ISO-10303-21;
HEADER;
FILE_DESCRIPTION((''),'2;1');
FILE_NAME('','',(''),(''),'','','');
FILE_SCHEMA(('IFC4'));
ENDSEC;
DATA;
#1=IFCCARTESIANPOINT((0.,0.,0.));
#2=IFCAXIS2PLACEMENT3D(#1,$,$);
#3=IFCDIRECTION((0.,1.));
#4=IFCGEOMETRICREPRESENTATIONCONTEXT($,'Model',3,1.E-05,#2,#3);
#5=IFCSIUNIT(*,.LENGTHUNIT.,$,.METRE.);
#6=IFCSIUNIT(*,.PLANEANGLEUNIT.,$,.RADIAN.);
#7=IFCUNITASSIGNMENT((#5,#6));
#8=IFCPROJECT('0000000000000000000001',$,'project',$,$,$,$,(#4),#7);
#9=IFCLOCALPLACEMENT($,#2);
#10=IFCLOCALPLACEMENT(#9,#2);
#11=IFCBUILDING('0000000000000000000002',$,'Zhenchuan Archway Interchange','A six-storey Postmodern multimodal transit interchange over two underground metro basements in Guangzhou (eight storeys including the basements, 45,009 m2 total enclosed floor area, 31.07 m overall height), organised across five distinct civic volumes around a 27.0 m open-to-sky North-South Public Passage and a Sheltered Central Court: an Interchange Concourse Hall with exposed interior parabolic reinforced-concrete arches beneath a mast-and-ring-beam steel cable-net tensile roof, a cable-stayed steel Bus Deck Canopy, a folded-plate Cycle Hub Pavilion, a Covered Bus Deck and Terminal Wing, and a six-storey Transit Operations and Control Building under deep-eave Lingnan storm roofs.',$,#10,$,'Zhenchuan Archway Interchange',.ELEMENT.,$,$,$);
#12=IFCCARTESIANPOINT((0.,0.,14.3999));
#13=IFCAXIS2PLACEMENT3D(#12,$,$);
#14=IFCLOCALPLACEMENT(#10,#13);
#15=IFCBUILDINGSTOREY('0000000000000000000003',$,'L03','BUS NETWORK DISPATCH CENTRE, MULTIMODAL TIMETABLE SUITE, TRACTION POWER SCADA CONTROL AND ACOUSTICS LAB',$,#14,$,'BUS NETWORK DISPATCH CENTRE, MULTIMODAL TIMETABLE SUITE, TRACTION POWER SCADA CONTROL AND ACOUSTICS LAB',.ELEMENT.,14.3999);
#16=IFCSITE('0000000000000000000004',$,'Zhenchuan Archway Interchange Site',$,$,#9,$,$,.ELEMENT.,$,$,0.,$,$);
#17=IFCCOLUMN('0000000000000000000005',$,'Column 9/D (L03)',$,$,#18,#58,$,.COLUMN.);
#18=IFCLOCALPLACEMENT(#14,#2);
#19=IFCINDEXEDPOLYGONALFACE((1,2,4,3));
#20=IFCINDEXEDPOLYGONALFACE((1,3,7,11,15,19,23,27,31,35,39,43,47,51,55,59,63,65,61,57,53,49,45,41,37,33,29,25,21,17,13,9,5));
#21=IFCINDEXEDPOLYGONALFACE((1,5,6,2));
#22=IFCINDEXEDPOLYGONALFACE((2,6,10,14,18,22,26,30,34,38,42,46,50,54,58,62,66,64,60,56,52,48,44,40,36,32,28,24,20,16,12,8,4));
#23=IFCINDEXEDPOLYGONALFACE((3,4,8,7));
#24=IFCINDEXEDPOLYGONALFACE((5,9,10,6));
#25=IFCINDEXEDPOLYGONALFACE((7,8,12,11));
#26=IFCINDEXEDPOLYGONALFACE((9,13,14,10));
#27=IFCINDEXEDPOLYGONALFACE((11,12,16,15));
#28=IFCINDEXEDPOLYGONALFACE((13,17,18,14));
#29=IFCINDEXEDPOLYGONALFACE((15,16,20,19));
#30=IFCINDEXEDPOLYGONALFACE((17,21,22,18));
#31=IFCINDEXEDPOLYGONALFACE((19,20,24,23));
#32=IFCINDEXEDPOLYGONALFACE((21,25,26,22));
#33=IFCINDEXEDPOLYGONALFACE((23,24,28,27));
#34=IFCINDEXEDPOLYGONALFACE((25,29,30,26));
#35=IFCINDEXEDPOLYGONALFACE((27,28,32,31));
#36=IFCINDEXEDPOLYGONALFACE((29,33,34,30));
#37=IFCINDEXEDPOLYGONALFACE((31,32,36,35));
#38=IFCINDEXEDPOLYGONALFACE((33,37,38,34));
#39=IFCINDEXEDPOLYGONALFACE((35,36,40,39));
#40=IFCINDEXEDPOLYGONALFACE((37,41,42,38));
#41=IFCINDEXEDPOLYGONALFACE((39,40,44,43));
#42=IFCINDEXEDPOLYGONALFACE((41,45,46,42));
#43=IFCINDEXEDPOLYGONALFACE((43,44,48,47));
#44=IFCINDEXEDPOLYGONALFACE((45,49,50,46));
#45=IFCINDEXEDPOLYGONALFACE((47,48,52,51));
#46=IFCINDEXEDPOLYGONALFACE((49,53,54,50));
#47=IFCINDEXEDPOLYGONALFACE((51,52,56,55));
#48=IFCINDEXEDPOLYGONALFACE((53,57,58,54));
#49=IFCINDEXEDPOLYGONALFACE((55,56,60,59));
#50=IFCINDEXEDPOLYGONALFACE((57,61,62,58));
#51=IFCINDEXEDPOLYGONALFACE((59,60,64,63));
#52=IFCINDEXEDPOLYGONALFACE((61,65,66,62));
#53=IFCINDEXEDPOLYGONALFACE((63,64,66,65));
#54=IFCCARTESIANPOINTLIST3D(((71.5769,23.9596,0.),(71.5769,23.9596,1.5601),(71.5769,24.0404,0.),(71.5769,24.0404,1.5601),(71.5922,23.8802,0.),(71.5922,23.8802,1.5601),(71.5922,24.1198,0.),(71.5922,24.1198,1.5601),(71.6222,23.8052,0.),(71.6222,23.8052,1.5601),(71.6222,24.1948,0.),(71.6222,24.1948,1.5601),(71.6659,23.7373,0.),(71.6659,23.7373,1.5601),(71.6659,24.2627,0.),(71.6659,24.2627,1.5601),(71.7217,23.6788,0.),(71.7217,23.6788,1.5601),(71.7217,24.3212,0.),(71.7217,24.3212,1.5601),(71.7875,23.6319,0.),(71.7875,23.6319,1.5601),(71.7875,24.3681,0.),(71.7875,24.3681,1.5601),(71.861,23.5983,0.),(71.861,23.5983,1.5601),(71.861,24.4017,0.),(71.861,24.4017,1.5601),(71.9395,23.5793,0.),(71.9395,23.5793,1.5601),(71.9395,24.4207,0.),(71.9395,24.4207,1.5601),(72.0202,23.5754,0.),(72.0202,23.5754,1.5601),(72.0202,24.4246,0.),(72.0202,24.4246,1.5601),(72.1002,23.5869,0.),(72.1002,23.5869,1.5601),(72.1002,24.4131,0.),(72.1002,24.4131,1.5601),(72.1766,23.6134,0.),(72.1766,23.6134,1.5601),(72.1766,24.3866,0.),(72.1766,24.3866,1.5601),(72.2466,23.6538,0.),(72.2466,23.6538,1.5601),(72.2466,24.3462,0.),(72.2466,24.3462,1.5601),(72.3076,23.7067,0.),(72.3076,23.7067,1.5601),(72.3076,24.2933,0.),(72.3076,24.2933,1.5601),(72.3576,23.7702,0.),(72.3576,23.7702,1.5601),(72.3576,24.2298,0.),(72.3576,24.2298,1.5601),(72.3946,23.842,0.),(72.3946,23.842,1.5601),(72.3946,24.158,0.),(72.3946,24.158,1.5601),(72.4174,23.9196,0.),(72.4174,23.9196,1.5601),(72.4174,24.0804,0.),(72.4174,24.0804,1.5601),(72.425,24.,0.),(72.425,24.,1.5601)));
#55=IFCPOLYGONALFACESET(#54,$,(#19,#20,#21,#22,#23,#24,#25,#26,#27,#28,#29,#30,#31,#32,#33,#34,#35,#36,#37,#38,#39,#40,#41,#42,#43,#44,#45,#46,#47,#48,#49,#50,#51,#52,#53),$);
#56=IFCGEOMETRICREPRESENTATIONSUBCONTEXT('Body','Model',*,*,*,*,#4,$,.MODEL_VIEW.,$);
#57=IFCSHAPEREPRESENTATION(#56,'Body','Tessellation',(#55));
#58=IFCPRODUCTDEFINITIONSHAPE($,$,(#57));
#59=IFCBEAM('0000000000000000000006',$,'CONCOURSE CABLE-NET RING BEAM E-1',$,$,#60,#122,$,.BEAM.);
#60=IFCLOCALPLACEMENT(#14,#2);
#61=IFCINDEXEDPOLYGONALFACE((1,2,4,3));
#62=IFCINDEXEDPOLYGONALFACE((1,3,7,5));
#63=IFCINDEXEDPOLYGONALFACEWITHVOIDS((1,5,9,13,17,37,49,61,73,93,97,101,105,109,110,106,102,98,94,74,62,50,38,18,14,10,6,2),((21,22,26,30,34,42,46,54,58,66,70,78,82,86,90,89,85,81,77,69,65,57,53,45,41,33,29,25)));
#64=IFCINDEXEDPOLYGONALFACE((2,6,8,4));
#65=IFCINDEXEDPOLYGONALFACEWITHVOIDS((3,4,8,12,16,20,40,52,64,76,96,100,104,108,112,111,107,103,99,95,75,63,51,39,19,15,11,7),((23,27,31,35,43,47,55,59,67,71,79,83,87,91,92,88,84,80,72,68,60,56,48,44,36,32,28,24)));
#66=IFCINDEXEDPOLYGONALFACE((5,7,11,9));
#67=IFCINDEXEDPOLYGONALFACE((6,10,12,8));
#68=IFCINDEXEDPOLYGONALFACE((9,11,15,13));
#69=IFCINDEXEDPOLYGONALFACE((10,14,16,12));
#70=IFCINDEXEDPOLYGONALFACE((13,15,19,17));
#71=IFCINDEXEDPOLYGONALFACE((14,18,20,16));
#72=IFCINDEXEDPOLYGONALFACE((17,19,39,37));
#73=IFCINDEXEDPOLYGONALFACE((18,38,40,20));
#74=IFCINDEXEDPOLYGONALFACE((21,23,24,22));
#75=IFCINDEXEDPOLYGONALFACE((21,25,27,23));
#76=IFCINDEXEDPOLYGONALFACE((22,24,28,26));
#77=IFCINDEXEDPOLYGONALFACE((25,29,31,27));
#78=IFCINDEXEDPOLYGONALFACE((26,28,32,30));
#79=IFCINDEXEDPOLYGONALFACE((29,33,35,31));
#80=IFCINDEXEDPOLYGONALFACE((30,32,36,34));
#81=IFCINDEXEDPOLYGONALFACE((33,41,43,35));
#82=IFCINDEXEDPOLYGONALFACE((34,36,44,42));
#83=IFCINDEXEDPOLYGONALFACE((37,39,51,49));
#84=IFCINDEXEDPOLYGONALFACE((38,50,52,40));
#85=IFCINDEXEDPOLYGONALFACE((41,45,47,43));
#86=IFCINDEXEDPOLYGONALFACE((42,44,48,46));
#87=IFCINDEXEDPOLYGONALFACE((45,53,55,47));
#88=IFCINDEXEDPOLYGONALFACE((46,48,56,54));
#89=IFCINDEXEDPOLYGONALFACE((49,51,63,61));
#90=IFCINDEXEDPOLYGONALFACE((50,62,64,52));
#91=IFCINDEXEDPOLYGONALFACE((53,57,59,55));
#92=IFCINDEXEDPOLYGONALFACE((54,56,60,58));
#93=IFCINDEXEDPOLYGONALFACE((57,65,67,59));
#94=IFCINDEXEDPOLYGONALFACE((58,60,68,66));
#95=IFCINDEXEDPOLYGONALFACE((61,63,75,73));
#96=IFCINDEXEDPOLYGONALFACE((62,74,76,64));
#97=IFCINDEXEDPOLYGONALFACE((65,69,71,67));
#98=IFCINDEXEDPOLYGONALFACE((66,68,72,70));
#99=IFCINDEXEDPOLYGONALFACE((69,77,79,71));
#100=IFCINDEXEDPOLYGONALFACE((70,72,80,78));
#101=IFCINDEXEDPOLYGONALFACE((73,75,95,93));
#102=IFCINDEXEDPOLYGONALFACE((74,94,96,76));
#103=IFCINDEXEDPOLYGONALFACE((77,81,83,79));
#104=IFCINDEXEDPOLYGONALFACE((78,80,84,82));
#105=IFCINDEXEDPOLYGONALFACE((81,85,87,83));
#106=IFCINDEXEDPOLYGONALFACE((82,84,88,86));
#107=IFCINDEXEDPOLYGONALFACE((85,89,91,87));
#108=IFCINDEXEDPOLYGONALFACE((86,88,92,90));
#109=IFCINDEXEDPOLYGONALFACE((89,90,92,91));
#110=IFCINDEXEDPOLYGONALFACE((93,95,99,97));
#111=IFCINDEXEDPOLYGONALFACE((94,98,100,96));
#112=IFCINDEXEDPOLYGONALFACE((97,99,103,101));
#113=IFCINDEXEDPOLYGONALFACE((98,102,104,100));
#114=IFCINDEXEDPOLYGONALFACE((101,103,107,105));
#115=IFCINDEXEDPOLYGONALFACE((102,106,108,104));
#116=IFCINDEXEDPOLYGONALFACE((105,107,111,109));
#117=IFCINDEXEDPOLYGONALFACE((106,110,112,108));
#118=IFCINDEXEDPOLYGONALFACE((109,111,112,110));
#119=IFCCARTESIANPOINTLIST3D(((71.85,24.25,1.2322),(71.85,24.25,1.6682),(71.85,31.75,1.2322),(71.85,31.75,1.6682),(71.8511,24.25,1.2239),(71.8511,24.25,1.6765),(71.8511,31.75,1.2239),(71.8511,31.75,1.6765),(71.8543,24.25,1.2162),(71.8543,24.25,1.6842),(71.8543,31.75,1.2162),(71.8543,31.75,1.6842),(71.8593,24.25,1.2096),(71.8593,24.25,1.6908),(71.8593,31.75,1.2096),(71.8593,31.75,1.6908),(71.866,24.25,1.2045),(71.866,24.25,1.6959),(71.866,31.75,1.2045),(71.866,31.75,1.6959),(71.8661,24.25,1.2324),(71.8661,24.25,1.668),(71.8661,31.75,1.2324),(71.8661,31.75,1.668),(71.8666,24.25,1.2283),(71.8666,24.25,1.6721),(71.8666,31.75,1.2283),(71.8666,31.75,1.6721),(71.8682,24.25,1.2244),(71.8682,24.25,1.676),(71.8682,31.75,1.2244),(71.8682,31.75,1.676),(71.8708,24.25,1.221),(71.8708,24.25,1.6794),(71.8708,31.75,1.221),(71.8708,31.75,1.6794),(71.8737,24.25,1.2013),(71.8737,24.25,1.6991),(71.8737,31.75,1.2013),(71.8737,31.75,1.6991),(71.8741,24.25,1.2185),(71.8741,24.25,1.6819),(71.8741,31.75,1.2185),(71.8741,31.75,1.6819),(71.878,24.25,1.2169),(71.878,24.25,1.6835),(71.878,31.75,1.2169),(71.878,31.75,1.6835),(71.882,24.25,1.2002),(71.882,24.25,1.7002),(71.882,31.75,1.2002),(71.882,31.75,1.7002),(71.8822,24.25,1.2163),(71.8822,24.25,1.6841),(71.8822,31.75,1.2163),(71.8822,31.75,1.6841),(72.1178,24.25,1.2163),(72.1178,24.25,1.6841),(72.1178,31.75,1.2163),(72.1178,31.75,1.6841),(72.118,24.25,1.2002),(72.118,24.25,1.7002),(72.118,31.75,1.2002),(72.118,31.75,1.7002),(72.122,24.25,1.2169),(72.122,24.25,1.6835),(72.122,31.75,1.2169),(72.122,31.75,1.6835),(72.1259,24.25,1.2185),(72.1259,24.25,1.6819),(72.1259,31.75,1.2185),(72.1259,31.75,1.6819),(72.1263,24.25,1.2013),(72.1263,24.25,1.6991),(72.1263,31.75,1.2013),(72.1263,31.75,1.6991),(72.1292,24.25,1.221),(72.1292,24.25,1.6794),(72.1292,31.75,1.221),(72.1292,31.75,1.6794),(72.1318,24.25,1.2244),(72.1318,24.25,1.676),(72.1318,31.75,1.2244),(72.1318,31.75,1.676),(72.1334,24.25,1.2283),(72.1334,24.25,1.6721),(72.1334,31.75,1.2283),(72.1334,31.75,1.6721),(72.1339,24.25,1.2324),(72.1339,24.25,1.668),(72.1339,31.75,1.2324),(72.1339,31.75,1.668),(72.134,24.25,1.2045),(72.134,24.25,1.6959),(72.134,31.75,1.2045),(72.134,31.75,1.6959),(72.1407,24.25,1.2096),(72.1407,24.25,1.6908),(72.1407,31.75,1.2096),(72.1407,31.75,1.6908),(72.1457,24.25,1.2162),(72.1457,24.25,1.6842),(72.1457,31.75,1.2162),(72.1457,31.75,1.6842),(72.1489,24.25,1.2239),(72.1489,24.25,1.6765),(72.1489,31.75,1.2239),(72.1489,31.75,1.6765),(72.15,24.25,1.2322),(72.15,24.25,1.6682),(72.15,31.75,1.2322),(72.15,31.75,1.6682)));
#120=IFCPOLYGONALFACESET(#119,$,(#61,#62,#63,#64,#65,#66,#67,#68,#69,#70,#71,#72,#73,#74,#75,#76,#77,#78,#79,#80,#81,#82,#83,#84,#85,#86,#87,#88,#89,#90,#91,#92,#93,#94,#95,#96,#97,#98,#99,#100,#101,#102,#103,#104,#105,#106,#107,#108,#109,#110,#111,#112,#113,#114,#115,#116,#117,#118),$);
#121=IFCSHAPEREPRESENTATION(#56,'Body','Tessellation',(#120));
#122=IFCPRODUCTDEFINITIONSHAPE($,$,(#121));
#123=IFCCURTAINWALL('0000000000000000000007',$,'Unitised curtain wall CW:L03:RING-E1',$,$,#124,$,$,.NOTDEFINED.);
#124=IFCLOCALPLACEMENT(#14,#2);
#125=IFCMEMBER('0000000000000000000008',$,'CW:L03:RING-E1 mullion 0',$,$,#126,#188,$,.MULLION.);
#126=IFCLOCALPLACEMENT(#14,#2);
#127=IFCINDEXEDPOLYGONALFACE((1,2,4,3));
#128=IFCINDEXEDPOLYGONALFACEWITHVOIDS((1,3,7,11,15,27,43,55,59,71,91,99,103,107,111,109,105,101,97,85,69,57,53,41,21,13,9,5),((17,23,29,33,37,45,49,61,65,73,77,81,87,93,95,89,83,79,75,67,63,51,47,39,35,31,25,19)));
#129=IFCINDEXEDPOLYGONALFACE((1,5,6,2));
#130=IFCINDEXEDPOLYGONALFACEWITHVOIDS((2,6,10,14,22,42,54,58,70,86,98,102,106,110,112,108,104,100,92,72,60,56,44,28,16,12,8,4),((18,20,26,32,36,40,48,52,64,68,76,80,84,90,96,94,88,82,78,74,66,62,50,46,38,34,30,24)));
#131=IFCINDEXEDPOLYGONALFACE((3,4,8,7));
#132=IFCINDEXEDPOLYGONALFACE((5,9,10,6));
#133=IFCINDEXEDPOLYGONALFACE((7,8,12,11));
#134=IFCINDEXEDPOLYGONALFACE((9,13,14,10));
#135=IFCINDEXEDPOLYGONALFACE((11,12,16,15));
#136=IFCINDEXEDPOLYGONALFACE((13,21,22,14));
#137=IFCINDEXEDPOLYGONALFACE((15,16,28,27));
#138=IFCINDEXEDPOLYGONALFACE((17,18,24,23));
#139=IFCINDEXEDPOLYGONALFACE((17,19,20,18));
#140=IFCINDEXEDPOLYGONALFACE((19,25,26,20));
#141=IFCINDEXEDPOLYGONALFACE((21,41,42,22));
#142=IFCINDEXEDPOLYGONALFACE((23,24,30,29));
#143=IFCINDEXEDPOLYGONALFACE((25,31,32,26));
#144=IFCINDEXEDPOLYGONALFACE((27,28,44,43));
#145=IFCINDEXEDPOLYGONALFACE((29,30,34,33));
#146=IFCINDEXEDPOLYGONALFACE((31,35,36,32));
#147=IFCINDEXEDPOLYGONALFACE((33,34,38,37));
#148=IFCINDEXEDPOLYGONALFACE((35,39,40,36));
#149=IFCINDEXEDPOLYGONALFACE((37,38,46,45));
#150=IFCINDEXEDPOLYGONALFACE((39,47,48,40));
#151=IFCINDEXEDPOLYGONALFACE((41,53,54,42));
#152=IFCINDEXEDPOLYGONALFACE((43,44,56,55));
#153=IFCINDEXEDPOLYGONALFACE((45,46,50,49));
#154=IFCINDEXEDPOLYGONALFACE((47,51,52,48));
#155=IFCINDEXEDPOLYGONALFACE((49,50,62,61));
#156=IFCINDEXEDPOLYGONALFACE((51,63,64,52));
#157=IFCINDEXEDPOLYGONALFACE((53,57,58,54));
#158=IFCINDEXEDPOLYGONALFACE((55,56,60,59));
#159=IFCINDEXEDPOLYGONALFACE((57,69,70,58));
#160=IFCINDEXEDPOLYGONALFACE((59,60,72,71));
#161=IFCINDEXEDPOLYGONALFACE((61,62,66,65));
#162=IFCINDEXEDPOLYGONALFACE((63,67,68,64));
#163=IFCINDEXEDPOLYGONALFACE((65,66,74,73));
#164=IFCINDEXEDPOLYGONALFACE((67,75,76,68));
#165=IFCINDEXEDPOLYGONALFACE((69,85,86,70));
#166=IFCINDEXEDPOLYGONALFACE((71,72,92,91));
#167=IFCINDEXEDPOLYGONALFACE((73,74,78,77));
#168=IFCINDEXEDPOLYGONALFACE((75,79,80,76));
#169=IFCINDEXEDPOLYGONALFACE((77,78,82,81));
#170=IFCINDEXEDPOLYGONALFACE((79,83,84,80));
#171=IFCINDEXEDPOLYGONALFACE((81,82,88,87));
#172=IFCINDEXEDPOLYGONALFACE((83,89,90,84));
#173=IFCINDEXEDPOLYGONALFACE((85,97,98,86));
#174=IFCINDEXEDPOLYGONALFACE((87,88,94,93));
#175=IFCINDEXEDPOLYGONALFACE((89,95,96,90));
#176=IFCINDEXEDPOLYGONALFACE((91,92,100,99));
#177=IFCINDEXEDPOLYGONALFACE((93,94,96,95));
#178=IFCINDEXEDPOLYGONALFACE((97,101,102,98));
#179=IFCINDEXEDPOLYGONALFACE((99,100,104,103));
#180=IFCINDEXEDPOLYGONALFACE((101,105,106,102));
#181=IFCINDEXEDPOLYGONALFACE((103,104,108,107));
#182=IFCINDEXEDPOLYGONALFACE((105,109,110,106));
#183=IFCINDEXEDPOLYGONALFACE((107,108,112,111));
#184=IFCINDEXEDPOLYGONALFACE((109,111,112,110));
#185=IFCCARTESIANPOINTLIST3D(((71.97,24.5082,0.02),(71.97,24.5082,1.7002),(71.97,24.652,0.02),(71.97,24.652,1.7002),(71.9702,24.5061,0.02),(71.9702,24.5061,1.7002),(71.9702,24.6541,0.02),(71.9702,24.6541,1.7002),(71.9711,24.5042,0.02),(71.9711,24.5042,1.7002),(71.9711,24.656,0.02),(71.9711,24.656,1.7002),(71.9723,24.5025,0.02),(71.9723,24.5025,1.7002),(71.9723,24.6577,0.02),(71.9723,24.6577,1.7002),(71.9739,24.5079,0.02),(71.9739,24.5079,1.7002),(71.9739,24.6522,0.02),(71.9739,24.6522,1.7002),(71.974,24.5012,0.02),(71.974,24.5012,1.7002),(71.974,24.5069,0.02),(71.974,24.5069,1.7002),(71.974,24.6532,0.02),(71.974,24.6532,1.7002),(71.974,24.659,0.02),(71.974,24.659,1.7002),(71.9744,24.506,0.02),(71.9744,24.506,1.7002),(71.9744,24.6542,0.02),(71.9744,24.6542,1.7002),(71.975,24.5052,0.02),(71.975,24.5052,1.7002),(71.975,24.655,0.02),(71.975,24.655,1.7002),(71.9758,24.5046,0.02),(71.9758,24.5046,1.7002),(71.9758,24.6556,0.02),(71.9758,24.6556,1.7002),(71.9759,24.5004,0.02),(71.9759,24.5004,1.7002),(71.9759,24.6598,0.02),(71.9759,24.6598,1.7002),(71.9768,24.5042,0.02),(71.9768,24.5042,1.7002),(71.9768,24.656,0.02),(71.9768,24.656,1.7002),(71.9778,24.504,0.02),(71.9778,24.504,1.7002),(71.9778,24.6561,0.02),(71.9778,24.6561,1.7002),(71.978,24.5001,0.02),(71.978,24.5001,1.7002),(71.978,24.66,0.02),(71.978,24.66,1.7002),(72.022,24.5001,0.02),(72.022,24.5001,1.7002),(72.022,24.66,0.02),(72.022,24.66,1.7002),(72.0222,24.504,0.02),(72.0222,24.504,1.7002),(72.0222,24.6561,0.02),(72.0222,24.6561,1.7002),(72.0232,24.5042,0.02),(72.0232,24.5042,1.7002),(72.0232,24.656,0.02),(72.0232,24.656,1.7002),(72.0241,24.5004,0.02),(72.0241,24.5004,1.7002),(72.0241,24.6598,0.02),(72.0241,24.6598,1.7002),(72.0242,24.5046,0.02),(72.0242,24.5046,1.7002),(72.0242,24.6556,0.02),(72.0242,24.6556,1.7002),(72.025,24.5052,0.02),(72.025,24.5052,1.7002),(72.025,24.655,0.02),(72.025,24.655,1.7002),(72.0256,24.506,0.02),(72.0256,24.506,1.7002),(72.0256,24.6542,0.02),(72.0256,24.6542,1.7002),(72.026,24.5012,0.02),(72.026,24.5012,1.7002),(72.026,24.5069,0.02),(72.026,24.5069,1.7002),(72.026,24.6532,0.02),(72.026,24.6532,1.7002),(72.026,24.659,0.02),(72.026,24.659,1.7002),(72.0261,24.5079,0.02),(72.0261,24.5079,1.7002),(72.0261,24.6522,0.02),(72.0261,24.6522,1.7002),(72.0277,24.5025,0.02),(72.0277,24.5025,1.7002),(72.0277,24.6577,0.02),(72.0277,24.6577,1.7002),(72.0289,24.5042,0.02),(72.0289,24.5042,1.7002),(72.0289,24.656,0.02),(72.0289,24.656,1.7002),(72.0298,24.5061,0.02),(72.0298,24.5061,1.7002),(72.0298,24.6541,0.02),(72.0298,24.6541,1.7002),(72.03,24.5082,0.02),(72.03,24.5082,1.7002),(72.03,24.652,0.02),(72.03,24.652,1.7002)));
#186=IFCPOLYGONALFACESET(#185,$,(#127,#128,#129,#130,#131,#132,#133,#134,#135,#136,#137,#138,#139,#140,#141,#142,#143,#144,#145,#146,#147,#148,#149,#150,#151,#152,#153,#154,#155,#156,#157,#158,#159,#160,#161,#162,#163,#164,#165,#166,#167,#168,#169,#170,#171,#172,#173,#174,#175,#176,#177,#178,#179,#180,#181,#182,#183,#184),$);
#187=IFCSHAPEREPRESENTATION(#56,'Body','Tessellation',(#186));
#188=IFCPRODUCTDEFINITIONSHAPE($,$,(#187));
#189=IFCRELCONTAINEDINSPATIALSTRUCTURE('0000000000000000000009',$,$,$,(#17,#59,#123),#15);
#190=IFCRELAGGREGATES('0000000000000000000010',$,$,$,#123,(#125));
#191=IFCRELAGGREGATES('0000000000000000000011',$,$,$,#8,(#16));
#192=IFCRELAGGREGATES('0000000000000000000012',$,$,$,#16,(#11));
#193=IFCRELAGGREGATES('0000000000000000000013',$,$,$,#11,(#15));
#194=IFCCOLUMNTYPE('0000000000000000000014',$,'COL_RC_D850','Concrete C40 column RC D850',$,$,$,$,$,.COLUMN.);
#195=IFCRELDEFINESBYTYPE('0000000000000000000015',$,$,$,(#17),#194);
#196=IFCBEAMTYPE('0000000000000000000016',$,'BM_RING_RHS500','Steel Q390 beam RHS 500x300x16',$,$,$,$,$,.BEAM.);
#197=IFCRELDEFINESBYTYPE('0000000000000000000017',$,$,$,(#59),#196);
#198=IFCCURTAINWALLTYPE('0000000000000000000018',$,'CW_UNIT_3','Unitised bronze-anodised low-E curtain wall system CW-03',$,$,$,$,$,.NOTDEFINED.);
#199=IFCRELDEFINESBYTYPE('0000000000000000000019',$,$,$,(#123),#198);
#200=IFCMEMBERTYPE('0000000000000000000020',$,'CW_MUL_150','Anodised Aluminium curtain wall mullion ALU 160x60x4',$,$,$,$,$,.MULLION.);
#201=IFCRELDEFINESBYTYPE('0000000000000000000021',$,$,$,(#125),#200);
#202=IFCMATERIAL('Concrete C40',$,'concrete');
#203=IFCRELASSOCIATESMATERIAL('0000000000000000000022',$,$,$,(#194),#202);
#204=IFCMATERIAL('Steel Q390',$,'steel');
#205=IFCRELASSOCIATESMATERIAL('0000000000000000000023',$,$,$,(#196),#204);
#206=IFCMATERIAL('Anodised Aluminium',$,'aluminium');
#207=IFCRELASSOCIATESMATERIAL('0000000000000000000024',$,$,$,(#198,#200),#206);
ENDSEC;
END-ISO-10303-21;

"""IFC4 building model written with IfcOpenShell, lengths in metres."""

from ifc_helpers import new_model, si_unit, direction, frame, origin, origin_2d, place, context, subcontext, project, spatial, hollow_rectangle, circle, extrude, material, material_profile, profile_set, type_object, element, aggregate, save


model = new_model("IFC4")

# Units and contexts
model_context = context("Model", 3, precision=1e-05, world=origin(), true_north=direction((0.0, 1.0)))
body_context = subcontext(model_context, "Body", "Model", "MODEL_VIEW")
ifc_project = project(units=[si_unit("LENGTHUNIT", "METRE"), si_unit("PLANEANGLEUNIT", "RADIAN")], contexts=[model_context])

# Site, building, storey
site_placement = place(None, origin())
site = spatial("IfcSite", under=ifc_project, at=site_placement, Name="Zhenchuan Archway Interchange Site", CompositionType="ELEMENT", RefElevation=0.0)
building_placement = place(site_placement, origin())
building = spatial("IfcBuilding", under=site, at=building_placement, Name="Zhenchuan Archway Interchange", Description="A six-storey Postmodern multimodal transit interchange over two underground metro basements in Guangzhou (eight storeys including the basements, 45,009 m2 total enclosed floor area, 31.07 m overall height), organised across five distinct civic volumes around a 27.0 m open-to-sky North-South Public Passage and a Sheltered Central Court: an Interchange Concourse Hall with exposed interior parabolic reinforced-concrete arches beneath a mast-and-ring-beam steel cable-net tensile roof, a cable-stayed steel Bus Deck Canopy, a folded-plate Cycle Hub Pavilion, a Covered Bus Deck and Terminal Wing, and a six-storey Transit Operations and Control Building under deep-eave Lingnan storm roofs.", LongName="Zhenchuan Archway Interchange", CompositionType="ELEMENT")
storey_placement = place(building_placement, frame((0.0, 0.0, 14.3999)))
storey = spatial("IfcBuildingStorey", under=building, at=storey_placement, Name="L03", Description="BUS NETWORK DISPATCH CENTRE, MULTIMODAL TIMETABLE SUITE, TRACTION POWER SCADA CONTROL AND ACOUSTICS LAB", LongName="BUS NETWORK DISPATCH CENTRE, MULTIMODAL TIMETABLE SUITE, TRACTION POWER SCADA CONTROL AND ACOUSTICS LAB", CompositionType="ELEMENT", Elevation=14.3999)

# Column
ifc_material_1 = material(Name="Concrete C40", Category="concrete")
ifc_material_profile_1 = material_profile(ifc_material_1, circle(Radius=0.425, at=origin_2d()), Name="RC D850")
ifc_profile_set_1 = profile_set([ifc_material_profile_1], Name="Concrete C40")
column_type = type_object("IfcColumnType", Name="COL_RC_D850", Description="Concrete C40 column RC D850", PredefinedType="COLUMN", material=ifc_profile_set_1)
column_placement = place(storey_placement, frame((72.0, 24.0, 0.0), z_axis=(0.0, 0.0, 1.0), x_axis=(1.0, 0.0, 0.0)))
element("IfcColumn", 1, at=column_placement, inside=storey, type_object=column_type, Name="Column 9/D (L03)", PredefinedType="COLUMN", context=body_context, shape_type="SweptSolid", body=[
    extrude(circle(Radius=0.425, at=origin_2d()), origin(), (0.0, 0.0, 1.0), 1.5601),
])

# Beam
ifc_material_2 = material(Name="Steel Q390", Category="steel")
ifc_material_profile_2 = material_profile(ifc_material_2, hollow_rectangle(XDim=0.3, YDim=0.5, WallThickness=0.0161, InnerFilletRadius=0.0161, OuterFilletRadius=0.032, at=origin_2d()), Name="RHS 500x300x16")
ifc_profile_set_2 = profile_set([ifc_material_profile_2], Name="Steel Q390")
beam_type = type_object("IfcBeamType", Name="BM_RING_RHS500", Description="Steel Q390 beam RHS 500x300x16", PredefinedType="BEAM", material=ifc_profile_set_2)
beam_placement = place(storey_placement, frame((72.0, 24.25, 1.4502), z_axis=(0.0, 1.0, 0.0), x_axis=(-1.0, 0.0, 0.0)))
element("IfcBeam", 2, at=beam_placement, inside=storey, type_object=beam_type, Name="CONCOURSE CABLE-NET RING BEAM E-1", PredefinedType="BEAM", context=body_context, shape_type="SweptSolid", body=[
    extrude(hollow_rectangle(XDim=0.3, YDim=0.5, WallThickness=0.0161, InnerFilletRadius=0.0161, OuterFilletRadius=0.032, at=origin_2d()), origin(), (0.0, 0.0, 1.0), 7.5),
])

# Curtain wall, member
ifc_material_3 = material(Name="Anodised Aluminium", Category="aluminium")
curtain_wall_type_1 = type_object("IfcCurtainWallType", Name="CW_UNIT_3", Description="Unitised bronze-anodised low-E curtain wall system CW-03", PredefinedType="NOTDEFINED", material=ifc_material_3)
curtain_wall_1_placement = place(storey_placement, origin())
curtain_wall_1 = element("IfcCurtainWall", 3, at=curtain_wall_1_placement, inside=storey, type_object=curtain_wall_type_1, Name="Unitised curtain wall CW:L03:RING-E1", PredefinedType="NOTDEFINED")
ifc_material_profile_3 = material_profile(ifc_material_3, hollow_rectangle(XDim=0.0601, YDim=0.1599, WallThickness=0.0039, InnerFilletRadius=0.0039, OuterFilletRadius=0.0081, at=origin_2d()), Name="ALU 160x60x4")
ifc_profile_set_3 = profile_set([ifc_material_profile_3], Name="Anodised Aluminium")
member_type_1 = type_object("IfcMemberType", Name="CW_MUL_150", Description="Anodised Aluminium curtain wall mullion ALU 160x60x4", PredefinedType="MULLION", material=ifc_profile_set_3)
member_1_placement = place(storey_placement, frame((72.0, 24.5801, 0.02), z_axis=(0.0, 0.0, 1.0), x_axis=(1.0, 0.0, 0.0)))
member_1 = element("IfcMember", 4, at=member_1_placement, type_object=member_type_1, Name="CW:L03:RING-E1 mullion 0", PredefinedType="MULLION", context=body_context, shape_type="SweptSolid", body=[
    extrude(hollow_rectangle(XDim=0.0601, YDim=0.1599, WallThickness=0.0039, InnerFilletRadius=0.0039, OuterFilletRadius=0.0081, at=origin_2d()), origin(), (0.0, 0.0, 1.0), 1.6802),
])

aggregate(curtain_wall_1, [member_1])

save(model, "model.ifc")
